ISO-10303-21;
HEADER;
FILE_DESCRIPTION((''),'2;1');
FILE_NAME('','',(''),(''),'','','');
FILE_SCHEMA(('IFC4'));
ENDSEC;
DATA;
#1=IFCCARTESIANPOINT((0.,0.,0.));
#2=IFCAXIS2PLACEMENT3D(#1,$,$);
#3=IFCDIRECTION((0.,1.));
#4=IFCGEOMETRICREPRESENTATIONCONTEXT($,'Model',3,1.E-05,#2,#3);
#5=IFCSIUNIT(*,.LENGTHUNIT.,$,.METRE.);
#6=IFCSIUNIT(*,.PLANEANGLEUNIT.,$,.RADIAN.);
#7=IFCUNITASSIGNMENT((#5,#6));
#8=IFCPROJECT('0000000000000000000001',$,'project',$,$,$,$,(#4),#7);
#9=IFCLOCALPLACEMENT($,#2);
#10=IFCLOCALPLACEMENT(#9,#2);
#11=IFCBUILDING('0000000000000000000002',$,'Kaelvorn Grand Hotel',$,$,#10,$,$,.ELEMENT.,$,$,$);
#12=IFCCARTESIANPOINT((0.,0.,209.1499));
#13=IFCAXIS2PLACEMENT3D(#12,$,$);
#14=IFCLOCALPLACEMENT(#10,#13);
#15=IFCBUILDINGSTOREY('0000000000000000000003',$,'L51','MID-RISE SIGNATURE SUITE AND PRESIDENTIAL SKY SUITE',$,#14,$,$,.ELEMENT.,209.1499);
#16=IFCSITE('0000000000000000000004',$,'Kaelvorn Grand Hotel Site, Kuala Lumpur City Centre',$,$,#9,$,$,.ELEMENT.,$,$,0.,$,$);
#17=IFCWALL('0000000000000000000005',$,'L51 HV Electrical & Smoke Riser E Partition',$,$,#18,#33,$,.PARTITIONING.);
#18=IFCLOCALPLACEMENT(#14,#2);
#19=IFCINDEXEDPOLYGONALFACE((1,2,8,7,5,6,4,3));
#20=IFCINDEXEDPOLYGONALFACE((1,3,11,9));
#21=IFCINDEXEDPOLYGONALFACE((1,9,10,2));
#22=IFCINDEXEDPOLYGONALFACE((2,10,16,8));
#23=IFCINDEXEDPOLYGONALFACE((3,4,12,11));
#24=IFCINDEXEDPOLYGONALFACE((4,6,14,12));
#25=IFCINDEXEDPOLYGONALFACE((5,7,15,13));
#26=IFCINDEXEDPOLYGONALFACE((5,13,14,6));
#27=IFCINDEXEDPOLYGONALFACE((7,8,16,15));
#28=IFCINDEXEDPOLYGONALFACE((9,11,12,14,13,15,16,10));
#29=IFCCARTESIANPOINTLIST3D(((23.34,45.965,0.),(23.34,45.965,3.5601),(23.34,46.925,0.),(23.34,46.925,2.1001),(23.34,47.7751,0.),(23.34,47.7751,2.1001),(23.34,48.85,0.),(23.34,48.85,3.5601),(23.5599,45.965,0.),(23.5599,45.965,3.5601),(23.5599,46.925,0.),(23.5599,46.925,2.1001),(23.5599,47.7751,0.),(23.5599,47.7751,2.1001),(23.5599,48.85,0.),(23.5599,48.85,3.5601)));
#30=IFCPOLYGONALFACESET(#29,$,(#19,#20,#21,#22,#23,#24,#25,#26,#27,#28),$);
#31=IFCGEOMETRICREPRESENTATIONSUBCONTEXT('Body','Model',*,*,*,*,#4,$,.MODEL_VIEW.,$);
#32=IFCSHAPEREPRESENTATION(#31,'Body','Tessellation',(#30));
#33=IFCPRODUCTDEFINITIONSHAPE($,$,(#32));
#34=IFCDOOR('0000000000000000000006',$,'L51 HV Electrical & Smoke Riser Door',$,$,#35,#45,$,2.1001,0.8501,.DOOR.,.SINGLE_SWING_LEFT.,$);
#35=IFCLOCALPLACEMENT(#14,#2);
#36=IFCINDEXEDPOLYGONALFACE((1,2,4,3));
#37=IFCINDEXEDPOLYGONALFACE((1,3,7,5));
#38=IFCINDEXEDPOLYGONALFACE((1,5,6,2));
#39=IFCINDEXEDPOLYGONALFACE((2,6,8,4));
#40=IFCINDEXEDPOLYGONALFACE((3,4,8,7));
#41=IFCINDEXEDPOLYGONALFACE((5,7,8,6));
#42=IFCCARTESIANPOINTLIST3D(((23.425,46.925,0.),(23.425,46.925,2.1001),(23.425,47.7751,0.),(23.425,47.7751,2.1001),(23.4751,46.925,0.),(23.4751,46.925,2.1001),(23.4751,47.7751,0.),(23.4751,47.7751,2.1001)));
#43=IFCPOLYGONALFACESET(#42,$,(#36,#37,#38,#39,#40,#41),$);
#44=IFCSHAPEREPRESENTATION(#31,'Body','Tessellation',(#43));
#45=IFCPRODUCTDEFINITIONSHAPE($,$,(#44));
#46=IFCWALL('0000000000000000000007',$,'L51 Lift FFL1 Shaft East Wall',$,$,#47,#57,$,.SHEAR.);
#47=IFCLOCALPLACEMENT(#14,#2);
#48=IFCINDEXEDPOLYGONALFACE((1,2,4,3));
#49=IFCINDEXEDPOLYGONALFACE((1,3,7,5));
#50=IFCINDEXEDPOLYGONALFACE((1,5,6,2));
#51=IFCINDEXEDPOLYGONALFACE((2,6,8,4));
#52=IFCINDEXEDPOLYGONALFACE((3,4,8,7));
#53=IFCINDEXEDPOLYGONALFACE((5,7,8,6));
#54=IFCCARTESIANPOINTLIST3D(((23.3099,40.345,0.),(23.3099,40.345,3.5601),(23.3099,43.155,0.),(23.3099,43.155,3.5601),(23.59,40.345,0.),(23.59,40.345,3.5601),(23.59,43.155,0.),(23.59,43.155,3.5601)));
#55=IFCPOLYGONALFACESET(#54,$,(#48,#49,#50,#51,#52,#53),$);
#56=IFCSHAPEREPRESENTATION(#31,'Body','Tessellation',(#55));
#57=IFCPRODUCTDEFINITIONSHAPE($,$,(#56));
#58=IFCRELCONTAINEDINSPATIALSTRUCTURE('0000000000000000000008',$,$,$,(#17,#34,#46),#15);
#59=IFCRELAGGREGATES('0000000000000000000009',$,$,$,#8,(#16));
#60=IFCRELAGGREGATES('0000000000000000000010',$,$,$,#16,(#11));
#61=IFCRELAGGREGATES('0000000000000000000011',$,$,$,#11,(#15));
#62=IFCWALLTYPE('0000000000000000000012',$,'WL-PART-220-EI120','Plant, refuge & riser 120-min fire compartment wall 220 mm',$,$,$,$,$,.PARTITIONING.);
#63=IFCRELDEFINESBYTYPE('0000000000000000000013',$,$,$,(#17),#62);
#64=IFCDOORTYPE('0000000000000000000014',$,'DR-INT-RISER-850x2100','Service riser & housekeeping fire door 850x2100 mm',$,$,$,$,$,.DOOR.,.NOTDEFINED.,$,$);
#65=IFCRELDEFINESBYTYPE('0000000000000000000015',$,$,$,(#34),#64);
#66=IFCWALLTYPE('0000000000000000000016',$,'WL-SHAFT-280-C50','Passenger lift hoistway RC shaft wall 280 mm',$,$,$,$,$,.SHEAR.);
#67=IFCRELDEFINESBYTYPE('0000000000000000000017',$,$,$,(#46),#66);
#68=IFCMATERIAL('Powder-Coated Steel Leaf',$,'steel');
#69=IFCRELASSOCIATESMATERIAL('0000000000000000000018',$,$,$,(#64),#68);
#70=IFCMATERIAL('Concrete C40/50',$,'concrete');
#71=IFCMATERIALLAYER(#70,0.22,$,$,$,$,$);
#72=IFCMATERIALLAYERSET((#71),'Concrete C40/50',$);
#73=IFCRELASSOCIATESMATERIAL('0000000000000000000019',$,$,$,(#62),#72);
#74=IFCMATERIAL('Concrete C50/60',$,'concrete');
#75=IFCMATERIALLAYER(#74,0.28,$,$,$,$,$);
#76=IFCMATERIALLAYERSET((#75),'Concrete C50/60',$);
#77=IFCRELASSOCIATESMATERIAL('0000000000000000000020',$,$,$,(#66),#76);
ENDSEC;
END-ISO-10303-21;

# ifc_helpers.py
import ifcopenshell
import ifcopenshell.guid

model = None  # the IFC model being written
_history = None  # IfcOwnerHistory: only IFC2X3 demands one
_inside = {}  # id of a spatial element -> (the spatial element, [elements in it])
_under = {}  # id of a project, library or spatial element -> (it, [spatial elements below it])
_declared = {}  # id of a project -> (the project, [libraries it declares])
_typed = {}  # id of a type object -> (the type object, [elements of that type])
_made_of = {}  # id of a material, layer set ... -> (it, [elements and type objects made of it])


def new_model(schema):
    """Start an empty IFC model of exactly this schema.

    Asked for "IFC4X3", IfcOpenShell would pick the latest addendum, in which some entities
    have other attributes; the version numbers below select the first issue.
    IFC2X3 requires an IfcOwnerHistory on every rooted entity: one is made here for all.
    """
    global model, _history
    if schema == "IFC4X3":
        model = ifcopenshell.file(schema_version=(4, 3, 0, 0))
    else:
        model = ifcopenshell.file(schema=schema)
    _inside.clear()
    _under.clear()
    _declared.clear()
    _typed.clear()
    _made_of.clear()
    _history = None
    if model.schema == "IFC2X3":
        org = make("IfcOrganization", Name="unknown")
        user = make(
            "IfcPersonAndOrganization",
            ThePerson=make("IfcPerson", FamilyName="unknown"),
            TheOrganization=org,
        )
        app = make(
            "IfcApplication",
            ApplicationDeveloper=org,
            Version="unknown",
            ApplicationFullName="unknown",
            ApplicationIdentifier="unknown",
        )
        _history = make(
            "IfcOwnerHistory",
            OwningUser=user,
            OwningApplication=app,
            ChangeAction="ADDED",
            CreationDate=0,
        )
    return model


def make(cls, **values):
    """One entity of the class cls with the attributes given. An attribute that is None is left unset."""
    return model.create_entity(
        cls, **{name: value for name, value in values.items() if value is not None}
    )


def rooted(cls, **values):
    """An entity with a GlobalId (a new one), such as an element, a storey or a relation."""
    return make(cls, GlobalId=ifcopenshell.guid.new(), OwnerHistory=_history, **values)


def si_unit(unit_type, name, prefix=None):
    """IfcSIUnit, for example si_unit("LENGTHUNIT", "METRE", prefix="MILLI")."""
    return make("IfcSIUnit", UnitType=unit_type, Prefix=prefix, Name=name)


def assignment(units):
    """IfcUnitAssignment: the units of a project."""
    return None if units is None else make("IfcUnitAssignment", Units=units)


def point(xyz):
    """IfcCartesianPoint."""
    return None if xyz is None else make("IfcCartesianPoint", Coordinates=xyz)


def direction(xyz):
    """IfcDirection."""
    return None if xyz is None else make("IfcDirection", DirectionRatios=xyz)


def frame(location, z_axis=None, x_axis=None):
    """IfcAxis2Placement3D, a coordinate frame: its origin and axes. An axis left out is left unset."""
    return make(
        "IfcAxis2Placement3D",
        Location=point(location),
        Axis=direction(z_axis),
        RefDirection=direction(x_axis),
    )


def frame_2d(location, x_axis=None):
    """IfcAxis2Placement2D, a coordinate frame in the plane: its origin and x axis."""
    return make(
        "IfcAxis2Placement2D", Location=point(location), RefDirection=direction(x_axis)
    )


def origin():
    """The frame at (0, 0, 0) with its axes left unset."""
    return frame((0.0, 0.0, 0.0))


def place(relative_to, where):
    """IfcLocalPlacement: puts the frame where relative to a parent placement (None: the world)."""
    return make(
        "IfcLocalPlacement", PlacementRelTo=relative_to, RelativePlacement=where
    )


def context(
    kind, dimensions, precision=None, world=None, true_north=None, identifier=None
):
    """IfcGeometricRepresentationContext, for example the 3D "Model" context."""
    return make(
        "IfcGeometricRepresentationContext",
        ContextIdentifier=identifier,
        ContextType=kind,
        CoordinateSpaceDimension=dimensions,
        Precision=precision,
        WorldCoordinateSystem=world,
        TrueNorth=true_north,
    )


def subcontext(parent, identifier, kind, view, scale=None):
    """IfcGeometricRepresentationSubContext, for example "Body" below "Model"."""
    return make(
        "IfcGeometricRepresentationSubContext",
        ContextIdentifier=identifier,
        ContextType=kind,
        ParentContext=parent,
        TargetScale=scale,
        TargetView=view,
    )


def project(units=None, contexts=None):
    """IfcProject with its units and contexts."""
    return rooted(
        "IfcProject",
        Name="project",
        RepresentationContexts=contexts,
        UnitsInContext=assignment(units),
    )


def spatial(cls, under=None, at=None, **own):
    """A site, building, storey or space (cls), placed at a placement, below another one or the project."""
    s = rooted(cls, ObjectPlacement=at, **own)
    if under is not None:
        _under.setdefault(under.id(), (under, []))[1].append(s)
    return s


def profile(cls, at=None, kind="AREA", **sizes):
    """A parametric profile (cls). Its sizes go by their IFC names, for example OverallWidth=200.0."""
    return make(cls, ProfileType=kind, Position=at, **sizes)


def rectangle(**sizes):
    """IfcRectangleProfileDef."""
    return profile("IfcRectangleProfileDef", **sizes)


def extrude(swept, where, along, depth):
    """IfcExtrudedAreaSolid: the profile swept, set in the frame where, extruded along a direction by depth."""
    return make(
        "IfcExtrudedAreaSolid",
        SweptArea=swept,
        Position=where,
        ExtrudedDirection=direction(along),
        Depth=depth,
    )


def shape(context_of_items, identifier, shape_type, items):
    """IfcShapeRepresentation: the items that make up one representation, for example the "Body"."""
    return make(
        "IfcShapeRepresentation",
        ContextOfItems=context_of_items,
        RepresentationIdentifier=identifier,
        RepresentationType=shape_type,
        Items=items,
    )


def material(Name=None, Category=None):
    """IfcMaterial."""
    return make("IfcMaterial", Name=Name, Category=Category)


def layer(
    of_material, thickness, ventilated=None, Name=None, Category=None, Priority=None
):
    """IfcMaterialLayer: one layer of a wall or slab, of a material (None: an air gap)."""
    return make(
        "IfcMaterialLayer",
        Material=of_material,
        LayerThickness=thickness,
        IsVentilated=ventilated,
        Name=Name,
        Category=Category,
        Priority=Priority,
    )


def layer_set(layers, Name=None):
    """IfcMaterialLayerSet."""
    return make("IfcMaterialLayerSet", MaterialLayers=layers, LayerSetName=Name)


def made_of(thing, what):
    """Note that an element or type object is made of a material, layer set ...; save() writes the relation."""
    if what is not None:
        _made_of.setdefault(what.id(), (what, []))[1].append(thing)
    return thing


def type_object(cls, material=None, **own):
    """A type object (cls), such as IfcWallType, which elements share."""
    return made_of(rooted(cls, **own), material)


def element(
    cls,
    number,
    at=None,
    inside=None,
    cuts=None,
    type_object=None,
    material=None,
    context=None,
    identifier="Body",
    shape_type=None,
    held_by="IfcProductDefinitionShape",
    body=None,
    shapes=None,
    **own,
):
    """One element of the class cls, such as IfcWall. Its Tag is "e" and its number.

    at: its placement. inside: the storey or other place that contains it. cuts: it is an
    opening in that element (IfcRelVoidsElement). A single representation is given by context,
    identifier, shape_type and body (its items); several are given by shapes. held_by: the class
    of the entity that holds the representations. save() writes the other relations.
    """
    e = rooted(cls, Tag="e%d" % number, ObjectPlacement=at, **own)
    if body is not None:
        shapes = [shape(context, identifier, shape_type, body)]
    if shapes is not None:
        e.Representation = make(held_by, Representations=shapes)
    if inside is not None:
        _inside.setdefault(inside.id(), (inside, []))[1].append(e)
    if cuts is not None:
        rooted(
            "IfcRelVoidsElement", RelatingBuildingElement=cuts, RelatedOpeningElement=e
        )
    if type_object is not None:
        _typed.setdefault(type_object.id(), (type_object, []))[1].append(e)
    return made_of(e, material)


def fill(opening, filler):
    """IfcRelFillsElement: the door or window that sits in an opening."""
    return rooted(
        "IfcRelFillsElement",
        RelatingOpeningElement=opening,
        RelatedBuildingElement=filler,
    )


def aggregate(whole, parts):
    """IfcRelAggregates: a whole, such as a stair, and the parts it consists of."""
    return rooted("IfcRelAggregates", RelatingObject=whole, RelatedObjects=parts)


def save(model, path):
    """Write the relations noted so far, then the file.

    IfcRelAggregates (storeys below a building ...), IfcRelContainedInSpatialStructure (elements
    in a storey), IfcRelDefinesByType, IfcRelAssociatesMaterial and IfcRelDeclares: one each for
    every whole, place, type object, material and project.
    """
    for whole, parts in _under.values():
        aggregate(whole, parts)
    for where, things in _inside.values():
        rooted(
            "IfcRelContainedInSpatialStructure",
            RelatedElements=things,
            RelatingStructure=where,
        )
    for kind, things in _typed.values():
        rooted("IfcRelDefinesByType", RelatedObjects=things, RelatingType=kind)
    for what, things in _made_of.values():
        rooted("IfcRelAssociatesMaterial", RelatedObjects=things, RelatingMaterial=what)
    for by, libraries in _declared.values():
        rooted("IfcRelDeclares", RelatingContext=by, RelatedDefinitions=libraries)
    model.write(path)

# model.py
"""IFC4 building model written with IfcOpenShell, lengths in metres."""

from ifc_helpers import new_model, si_unit, direction, frame, frame_2d, origin, place, context, subcontext, project, spatial, rectangle, extrude, material, layer, layer_set, type_object, element, fill, save


model = new_model("IFC4")

# Units and contexts
model_context = context("Model", 3, precision=1e-05, world=origin(), true_north=direction((0.0, 1.0)))
body_context = subcontext(model_context, "Body", "Model", "MODEL_VIEW")
ifc_project = project(units=[si_unit("LENGTHUNIT", "METRE"), si_unit("PLANEANGLEUNIT", "RADIAN")], contexts=[model_context])

# Site, building, storey
site_placement = place(None, origin())
site = spatial("IfcSite", under=ifc_project, at=site_placement, Name="Kaelvorn Grand Hotel Site, Kuala Lumpur City Centre", CompositionType="ELEMENT", RefElevation=0.0)
building_placement = place(site_placement, origin())
building = spatial("IfcBuilding", under=site, at=building_placement, Name="Kaelvorn Grand Hotel", CompositionType="ELEMENT")
storey_placement = place(building_placement, frame((0.0, 0.0, 209.1499)))
storey = spatial("IfcBuildingStorey", under=building, at=storey_placement, Name="L51", Description="MID-RISE SIGNATURE SUITE AND PRESIDENTIAL SKY SUITE", CompositionType="ELEMENT", Elevation=209.1499)

# Shared definitions
ifc_material_1 = material(Name="Concrete C50/60", Category="concrete")

# Shared definitions
ifc_material_2 = material(Name="Powder-Coated Steel Leaf", Category="steel")
door_type_1 = type_object("IfcDoorType", Name="DR-INT-RISER-850x2100", Description="Service riser & housekeeping fire door 850x2100 mm", OperationType="NOTDEFINED", PredefinedType="DOOR", material=ifc_material_2)

# Shared definitions
ifc_material_3 = material(Name="Concrete C40/50", Category="concrete")
ifc_layer_1 = layer(ifc_material_3, 0.22)
ifc_layer_set_1 = layer_set([ifc_layer_1], Name="Concrete C40/50")
wall_type_1 = type_object("IfcWallType", Name="WL-PART-220-EI120", Description="Plant, refuge & riser 120-min fire compartment wall 220 mm", PredefinedType="PARTITIONING", material=ifc_layer_set_1)

# Wall, opening, door
wall_1_placement = place(storey_placement, frame((23.45, 45.9651, 0.0), z_axis=(0.0, 0.0, 1.0), x_axis=(0.0, 1.0, 0.0)))
wall_1 = element("IfcWall", 1, at=wall_1_placement, inside=storey, type_object=wall_type_1, Name="L51 HV Electrical & Smoke Riser E Partition", PredefinedType="PARTITIONING", context=body_context, shape_type="SweptSolid", body=[
    extrude(rectangle(XDim=2.885, YDim=0.22, at=frame_2d((1.4424, 0.0))), origin(), (0.0, 0.0, 1.0), 3.5601),
])
opening_1_placement = place(wall_1_placement, frame((0.96, 0.0, 0.0)))
opening_1 = element("IfcOpeningElement", 2, at=opening_1_placement, cuts=wall_1, PredefinedType="OPENING", context=body_context, shape_type="SweptSolid", body=[
    extrude(rectangle(XDim=0.8501, YDim=2.1001, at=frame_2d((0.425, 1.05))), frame((0.0, 0.1201, 0.0), z_axis=(0.0, -1.0, 0.0), x_axis=(1.0, 0.0, 0.0)), (0.0, 0.0, 1.0), 0.24),
])
door_1_placement = place(opening_1_placement, origin())
door_1 = element("IfcDoor", 3, at=door_1_placement, inside=storey, type_object=door_type_1, Name="L51 HV Electrical & Smoke Riser Door", OperationType="SINGLE_SWING_LEFT", OverallHeight=2.1001, OverallWidth=0.8501, PredefinedType="DOOR", context=body_context, shape_type="SweptSolid", body=[
    extrude(rectangle(XDim=0.8501, YDim=2.1001, at=frame_2d((0.425, 1.05))), frame((0.0, 0.0249, 0.0), z_axis=(0.0, -1.0, 0.0), x_axis=(1.0, 0.0, 0.0)), (0.0, 0.0, 1.0), 0.05),
])
fill(opening_1, door_1)

# Wall
ifc_layer_2 = layer(ifc_material_1, 0.28)
ifc_layer_set_2 = layer_set([ifc_layer_2], Name="Concrete C50/60")
wall_type_2 = type_object("IfcWallType", Name="WL-SHAFT-280-C50", Description="Passenger lift hoistway RC shaft wall 280 mm", PredefinedType="SHEAR", material=ifc_layer_set_2)
wall_2_placement = place(storey_placement, frame((23.45, 40.345, 0.0), z_axis=(0.0, 0.0, 1.0), x_axis=(0.0, 1.0, 0.0)))
element("IfcWall", 4, at=wall_2_placement, inside=storey, type_object=wall_type_2, Name="L51 Lift FFL1 Shaft East Wall", PredefinedType="SHEAR", context=body_context, shape_type="SweptSolid", body=[
    extrude(rectangle(XDim=2.8101, YDim=0.28, at=frame_2d((1.405, 0.0))), origin(), (0.0, 0.0, 1.0), 3.5601),
])

save(model, "model.ifc")
